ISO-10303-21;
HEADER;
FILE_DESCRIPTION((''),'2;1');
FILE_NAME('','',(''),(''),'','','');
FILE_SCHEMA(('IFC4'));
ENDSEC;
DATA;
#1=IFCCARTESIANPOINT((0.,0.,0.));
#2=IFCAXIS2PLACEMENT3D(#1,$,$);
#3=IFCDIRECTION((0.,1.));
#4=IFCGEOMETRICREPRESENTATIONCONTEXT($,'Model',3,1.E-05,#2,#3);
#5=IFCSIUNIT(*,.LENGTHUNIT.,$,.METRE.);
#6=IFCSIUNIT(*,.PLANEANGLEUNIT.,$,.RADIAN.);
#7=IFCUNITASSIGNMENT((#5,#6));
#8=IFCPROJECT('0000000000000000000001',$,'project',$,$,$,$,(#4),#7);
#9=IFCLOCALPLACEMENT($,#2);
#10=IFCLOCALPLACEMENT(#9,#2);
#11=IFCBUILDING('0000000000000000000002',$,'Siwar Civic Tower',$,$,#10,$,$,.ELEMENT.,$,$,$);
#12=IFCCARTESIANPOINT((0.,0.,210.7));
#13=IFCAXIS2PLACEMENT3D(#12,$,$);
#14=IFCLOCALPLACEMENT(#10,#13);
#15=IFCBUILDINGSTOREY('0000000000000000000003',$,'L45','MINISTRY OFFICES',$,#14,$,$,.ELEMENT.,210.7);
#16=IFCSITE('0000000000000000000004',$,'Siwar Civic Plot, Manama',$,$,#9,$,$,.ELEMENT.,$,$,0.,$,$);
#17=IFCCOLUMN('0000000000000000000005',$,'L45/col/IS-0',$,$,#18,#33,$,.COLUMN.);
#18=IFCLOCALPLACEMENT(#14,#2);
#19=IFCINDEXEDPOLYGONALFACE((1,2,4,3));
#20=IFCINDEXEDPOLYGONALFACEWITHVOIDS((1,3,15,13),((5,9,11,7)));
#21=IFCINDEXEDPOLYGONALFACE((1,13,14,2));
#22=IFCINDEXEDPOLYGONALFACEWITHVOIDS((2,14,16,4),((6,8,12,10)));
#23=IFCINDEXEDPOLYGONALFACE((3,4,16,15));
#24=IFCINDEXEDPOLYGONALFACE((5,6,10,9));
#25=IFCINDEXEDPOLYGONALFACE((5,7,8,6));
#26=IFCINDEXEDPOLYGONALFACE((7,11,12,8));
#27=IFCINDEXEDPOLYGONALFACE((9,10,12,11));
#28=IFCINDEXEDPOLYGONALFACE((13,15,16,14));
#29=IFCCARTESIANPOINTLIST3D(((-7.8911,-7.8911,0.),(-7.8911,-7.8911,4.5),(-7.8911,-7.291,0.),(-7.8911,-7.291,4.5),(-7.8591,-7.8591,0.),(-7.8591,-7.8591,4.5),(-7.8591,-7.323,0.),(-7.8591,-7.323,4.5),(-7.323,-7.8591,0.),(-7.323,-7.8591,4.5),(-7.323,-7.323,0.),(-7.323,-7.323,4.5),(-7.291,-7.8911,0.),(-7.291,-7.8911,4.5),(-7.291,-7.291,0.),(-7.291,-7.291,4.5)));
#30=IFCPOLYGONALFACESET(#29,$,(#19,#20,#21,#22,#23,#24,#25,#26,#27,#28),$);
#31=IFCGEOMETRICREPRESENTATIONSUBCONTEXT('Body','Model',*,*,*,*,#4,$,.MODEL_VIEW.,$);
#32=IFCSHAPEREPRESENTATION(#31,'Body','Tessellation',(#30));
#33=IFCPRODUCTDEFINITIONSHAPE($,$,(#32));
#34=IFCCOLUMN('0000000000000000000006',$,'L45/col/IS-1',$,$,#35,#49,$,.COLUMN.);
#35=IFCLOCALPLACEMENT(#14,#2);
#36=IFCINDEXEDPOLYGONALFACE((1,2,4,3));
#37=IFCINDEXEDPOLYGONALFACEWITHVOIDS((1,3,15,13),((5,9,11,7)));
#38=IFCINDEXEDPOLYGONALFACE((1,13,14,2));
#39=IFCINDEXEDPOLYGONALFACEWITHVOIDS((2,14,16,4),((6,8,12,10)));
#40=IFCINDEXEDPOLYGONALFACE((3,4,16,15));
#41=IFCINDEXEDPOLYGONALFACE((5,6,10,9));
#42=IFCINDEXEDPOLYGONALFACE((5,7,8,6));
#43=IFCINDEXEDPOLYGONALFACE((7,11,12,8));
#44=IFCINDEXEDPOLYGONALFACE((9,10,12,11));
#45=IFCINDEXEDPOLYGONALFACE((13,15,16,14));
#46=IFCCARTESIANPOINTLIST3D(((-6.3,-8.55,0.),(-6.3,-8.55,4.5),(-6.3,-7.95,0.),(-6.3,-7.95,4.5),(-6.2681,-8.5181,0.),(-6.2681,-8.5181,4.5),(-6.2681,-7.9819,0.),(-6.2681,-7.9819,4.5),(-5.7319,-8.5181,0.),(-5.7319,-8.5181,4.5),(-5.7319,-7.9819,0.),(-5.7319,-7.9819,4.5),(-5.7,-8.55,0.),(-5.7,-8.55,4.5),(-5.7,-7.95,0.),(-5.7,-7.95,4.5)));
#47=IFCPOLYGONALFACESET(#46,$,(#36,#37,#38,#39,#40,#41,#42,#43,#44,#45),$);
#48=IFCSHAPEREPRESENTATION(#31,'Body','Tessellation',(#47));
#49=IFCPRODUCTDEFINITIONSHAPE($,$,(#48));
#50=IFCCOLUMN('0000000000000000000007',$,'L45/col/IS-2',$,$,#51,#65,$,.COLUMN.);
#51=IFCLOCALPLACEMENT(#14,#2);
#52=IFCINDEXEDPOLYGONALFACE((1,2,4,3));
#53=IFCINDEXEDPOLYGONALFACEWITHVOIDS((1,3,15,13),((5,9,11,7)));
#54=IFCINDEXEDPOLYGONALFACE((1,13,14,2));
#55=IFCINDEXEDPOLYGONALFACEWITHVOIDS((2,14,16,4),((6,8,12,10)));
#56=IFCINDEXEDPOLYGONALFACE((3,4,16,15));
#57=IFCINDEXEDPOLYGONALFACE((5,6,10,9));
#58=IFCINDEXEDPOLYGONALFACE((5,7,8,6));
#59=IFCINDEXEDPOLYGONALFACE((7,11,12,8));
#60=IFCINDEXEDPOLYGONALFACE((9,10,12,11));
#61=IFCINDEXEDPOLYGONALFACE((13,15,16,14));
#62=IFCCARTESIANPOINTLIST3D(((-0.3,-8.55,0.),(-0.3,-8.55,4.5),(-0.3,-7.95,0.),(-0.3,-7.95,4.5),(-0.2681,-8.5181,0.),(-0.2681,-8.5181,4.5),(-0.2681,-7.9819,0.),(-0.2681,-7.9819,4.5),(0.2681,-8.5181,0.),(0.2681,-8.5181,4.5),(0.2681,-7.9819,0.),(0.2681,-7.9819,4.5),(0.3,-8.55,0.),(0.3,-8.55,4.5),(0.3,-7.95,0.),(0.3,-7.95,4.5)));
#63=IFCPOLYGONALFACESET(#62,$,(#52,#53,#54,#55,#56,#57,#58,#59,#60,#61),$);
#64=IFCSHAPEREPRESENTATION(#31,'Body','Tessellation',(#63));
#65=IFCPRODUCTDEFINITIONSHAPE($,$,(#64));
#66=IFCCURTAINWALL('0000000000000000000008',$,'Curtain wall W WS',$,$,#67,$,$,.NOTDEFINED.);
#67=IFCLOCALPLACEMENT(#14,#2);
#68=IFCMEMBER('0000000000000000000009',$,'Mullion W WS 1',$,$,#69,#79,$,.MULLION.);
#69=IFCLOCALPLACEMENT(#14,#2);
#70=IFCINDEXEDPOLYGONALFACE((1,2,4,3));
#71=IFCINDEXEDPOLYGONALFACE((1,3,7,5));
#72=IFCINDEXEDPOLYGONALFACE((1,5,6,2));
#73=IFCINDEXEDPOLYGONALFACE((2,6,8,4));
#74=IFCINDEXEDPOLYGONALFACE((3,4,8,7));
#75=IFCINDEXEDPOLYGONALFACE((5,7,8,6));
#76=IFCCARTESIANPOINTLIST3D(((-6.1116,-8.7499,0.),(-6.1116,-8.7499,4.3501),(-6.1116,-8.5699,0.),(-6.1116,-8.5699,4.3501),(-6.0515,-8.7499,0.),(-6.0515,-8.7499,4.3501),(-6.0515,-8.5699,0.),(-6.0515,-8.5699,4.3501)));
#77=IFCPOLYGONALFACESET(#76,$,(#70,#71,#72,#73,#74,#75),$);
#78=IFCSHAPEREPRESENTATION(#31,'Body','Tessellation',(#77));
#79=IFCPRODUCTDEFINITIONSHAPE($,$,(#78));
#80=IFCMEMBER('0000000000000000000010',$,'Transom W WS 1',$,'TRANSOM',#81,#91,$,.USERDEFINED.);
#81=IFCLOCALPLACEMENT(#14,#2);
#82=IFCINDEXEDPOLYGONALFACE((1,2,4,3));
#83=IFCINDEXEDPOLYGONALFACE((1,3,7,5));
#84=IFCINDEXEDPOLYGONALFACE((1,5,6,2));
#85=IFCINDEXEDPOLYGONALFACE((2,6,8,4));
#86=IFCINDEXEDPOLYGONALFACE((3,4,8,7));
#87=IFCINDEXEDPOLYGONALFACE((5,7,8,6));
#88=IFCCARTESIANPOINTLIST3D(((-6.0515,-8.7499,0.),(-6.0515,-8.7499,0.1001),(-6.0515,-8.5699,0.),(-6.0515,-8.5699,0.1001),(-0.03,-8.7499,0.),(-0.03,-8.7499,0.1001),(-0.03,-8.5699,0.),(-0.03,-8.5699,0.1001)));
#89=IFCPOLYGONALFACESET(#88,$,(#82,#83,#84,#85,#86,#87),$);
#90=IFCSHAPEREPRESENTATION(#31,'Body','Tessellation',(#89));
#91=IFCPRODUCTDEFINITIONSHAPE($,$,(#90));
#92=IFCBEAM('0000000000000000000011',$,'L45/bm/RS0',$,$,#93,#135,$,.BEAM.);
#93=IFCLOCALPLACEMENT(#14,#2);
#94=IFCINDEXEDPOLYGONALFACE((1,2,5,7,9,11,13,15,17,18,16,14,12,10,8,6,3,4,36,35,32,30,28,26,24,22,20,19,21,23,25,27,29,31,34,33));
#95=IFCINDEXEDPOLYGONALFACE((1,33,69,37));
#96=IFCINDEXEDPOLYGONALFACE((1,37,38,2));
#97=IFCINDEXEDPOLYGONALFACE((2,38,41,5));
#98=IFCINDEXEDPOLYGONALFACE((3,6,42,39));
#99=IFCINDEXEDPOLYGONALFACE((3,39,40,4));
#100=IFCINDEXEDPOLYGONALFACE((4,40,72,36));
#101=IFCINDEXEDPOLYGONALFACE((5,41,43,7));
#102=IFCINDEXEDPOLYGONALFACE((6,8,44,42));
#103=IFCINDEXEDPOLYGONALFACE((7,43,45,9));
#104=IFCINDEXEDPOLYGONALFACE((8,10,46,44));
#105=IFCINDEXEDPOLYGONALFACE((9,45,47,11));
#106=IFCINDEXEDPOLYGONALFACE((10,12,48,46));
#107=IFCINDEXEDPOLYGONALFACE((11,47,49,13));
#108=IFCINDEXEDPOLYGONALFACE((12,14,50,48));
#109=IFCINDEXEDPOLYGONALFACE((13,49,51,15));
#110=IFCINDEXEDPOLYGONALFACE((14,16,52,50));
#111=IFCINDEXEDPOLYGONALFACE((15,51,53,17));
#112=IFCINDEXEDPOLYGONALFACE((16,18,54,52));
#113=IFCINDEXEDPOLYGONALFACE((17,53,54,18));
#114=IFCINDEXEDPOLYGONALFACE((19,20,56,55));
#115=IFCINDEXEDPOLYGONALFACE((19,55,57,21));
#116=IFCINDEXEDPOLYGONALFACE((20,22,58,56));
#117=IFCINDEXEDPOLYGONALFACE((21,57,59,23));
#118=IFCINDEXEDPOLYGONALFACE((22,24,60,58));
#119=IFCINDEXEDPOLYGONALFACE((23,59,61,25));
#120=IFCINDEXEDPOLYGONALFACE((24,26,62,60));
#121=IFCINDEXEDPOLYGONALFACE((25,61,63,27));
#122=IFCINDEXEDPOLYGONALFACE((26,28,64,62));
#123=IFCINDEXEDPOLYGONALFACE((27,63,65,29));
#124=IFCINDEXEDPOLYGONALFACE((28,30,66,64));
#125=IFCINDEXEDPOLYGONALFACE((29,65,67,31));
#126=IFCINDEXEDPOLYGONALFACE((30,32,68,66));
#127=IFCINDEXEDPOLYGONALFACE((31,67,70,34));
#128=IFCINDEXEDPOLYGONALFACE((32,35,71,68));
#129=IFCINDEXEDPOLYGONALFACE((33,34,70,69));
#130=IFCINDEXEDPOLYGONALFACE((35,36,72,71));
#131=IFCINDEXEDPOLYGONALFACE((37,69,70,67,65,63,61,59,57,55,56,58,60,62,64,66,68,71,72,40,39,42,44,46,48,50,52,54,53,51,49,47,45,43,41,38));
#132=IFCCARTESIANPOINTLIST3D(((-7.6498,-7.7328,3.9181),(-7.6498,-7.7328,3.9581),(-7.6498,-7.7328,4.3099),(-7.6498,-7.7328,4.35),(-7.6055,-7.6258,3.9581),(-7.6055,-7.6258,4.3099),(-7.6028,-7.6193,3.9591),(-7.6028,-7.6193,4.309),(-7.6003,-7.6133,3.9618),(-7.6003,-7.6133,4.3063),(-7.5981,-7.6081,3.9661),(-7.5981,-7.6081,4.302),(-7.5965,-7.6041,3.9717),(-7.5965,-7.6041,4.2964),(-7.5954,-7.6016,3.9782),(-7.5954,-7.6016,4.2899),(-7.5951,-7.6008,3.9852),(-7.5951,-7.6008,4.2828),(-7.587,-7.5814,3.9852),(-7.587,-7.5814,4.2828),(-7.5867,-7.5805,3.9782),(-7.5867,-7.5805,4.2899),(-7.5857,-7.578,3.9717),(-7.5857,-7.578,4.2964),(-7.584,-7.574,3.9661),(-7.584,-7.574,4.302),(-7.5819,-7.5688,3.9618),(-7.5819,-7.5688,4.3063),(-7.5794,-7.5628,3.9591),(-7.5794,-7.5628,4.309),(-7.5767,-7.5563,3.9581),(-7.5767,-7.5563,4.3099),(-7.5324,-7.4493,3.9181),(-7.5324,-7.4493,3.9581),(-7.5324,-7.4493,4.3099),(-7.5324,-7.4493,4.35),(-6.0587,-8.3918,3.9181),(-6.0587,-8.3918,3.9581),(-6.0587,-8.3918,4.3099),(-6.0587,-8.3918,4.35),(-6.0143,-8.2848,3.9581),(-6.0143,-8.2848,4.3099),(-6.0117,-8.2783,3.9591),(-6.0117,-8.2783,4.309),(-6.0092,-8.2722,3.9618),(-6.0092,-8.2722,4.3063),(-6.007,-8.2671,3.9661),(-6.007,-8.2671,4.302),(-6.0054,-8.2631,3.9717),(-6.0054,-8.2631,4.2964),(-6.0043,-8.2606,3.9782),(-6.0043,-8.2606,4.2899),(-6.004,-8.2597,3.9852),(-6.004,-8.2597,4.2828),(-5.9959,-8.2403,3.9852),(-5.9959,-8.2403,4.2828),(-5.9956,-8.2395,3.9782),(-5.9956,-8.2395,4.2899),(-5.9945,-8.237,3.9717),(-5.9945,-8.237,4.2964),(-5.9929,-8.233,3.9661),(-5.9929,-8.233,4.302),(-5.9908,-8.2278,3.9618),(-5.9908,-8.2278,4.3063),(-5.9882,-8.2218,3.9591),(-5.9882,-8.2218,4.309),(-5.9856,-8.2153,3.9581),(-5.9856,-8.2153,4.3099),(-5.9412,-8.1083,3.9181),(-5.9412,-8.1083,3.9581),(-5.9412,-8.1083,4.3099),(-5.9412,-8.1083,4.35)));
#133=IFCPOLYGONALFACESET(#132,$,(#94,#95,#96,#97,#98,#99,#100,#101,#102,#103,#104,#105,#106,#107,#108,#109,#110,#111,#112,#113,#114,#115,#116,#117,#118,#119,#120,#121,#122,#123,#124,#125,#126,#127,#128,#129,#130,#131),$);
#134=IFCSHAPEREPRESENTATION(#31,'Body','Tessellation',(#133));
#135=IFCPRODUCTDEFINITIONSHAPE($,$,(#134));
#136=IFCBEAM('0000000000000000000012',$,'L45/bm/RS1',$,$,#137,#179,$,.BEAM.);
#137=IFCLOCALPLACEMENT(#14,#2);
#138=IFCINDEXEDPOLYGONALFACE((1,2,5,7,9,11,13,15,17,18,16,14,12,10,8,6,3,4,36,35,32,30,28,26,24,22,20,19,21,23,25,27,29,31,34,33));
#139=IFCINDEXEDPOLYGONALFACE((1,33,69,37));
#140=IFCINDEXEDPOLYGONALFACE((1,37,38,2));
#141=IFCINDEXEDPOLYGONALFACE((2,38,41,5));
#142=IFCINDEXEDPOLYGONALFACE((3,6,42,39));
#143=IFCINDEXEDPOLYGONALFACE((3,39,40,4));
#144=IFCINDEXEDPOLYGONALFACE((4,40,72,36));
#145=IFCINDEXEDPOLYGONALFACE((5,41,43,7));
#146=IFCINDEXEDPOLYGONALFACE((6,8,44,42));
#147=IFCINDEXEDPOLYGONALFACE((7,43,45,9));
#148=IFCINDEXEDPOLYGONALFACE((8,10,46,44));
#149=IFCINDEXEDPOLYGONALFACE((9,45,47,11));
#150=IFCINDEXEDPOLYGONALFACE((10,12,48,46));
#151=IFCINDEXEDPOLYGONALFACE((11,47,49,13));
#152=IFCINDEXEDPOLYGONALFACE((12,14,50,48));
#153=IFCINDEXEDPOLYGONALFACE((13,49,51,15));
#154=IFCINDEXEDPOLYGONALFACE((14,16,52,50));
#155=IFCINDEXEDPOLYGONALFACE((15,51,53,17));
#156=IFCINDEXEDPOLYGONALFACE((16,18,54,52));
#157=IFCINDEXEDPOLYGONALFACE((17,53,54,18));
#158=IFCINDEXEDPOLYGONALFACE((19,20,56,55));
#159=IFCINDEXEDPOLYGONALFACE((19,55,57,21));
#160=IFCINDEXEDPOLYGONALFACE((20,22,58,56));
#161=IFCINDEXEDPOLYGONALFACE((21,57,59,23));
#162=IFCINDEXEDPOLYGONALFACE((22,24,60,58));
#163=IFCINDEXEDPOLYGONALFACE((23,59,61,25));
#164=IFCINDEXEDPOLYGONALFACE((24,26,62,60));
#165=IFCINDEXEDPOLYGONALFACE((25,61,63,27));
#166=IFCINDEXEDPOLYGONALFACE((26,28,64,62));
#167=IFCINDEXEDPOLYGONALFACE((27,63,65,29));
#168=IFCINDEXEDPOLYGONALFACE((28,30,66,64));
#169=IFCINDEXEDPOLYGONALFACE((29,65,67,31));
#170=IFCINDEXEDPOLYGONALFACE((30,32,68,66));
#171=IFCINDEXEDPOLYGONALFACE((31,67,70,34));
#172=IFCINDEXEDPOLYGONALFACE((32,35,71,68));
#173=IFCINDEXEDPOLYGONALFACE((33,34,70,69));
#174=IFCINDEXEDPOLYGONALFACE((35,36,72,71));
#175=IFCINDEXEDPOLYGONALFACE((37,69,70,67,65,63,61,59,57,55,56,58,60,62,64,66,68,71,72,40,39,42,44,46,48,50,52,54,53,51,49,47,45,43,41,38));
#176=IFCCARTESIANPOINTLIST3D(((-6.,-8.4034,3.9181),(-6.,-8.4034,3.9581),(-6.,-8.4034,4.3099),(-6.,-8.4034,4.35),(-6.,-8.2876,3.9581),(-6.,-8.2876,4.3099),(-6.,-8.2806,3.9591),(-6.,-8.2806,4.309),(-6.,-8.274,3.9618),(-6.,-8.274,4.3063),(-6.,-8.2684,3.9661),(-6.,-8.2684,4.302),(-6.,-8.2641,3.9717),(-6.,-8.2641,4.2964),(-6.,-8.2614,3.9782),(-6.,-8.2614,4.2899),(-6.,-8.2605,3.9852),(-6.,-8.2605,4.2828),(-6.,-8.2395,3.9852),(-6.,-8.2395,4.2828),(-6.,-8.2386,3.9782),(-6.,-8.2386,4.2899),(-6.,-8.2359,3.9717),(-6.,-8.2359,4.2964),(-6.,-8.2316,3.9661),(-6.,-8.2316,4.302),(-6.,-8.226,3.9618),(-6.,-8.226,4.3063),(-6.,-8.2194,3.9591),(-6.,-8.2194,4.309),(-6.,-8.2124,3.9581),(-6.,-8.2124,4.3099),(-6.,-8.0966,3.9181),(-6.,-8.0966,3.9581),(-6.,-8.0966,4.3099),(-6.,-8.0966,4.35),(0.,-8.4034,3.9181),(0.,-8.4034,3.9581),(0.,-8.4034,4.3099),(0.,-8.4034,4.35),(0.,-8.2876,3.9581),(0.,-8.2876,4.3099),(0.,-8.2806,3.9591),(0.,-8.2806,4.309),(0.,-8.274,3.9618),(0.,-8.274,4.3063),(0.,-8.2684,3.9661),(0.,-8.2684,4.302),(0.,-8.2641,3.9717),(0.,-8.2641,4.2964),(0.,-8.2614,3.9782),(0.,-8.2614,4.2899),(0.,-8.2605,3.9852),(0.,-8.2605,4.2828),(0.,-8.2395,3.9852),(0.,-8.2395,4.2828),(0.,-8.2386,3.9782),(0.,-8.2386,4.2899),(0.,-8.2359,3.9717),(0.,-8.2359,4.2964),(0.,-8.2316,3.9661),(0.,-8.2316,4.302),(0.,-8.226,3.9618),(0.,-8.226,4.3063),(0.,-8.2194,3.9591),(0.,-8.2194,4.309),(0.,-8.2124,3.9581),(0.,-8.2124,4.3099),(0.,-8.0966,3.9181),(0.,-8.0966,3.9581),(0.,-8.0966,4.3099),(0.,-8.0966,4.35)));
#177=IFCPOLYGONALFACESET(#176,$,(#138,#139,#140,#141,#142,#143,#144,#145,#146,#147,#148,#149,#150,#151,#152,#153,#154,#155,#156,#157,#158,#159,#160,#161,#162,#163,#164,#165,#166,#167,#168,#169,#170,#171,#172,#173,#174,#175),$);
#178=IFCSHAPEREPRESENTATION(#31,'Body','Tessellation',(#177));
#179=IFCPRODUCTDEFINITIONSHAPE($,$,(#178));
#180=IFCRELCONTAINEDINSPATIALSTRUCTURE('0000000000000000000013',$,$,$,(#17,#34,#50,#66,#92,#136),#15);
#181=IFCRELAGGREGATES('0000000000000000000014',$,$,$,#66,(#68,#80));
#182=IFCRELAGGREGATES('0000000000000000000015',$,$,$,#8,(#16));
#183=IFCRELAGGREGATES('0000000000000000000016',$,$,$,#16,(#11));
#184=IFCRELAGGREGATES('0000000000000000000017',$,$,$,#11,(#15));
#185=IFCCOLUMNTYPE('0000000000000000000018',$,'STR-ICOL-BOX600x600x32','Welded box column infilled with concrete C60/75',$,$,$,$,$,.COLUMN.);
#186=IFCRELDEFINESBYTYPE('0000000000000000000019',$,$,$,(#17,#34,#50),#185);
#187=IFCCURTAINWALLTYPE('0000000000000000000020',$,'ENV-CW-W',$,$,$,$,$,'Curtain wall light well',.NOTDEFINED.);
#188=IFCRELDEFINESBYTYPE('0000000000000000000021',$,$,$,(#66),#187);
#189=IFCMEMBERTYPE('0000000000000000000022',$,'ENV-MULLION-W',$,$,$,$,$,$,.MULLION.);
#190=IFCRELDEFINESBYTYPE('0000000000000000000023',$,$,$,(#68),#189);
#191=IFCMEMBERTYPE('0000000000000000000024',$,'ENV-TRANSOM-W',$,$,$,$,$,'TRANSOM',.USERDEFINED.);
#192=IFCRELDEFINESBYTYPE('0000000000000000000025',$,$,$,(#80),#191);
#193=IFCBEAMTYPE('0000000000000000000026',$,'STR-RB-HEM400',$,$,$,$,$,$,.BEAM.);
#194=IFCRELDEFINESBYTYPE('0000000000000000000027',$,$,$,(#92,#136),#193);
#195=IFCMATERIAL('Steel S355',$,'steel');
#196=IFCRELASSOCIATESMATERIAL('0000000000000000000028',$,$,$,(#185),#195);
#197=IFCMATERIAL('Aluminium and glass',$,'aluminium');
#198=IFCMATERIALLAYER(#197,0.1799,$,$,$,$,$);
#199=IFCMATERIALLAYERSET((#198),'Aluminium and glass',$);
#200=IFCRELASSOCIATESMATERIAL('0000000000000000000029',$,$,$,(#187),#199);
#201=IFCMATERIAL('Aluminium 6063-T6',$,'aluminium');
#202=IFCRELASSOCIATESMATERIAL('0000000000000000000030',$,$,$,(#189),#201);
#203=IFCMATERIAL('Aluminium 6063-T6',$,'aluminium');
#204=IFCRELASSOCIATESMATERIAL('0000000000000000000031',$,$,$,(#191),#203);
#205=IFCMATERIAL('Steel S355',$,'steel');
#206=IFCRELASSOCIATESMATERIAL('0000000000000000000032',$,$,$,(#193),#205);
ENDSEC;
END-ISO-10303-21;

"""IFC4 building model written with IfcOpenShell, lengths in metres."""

from ifc_helpers import new_model, si_unit, direction, frame, origin, origin_2d, place, context, subcontext, project, spatial, rectangle, hollow_rectangle, i_section, extrude, material, layer, layer_set, material_profile, profile_set, type_object, element, aggregate, save


model = new_model("IFC4")

# Units and contexts
model_context = context("Model", 3, precision=1e-05, world=origin(), true_north=direction((0.0, 1.0)))
body_context = subcontext(model_context, "Body", "Model", "MODEL_VIEW")
ifc_project = project(units=[si_unit("LENGTHUNIT", "METRE"), si_unit("PLANEANGLEUNIT", "RADIAN")], contexts=[model_context])

# Site, building, storey
site_placement = place(None, origin())
site = spatial("IfcSite", under=ifc_project, at=site_placement, Name="Siwar Civic Plot, Manama", CompositionType="ELEMENT", RefElevation=0.0)
building_placement = place(site_placement, origin())
building = spatial("IfcBuilding", under=site, at=building_placement, Name="Siwar Civic Tower", CompositionType="ELEMENT")
storey_placement = place(building_placement, frame((0.0, 0.0, 210.7)))
storey = spatial("IfcBuildingStorey", under=building, at=storey_placement, Name="L45", Description="MINISTRY OFFICES", CompositionType="ELEMENT", Elevation=210.7)

# Columns
ifc_material_1 = material(Name="Steel S355", Category="steel")
ifc_material_profile_1 = material_profile(ifc_material_1, hollow_rectangle(XDim=0.6001, YDim=0.6001, WallThickness=0.032, at=origin_2d()), Name="BOX600x600x32")
ifc_profile_set_1 = profile_set([ifc_material_profile_1], Name="Steel S355")
column_type = type_object("IfcColumnType", Name="STR-ICOL-BOX600x600x32", Description="Welded box column infilled with concrete C60/75", PredefinedType="COLUMN", material=ifc_profile_set_1)
for number, where, z_axis, x_axis, name in (
    (1, (-7.5911, -7.5911, 0.0), (0.0, 0.0, 1.0), (1.0, 0.0, 0.0), "L45/col/IS-0"),
    (2, (-6.0, -8.25, 0.0), (0.0, 0.0, 1.0), (1.0, 0.0, 0.0), "L45/col/IS-1"),
    (3, (0.0, -8.25, 0.0), (0.0, 0.0, 1.0), (1.0, 0.0, 0.0), "L45/col/IS-2"),
):
    element("IfcColumn", number, at=place(storey_placement, frame(where, z_axis=z_axis, x_axis=x_axis)), inside=storey, type_object=column_type, Name=name, PredefinedType="COLUMN", context=body_context, shape_type="SweptSolid", body=[
        extrude(hollow_rectangle(XDim=0.6001, YDim=0.6001, WallThickness=0.032, at=origin_2d()), origin(), (0.0, 0.0, 1.0), 4.5),
    ])

# Curtain wall, members
ifc_material_2 = material(Name="Aluminium and glass", Category="aluminium")
ifc_layer_1 = layer(ifc_material_2, 0.1799)
ifc_layer_set_1 = layer_set([ifc_layer_1], Name="Aluminium and glass")
curtain_wall_type = type_object("IfcCurtainWallType", Name="ENV-CW-W", ElementType="Curtain wall light well", PredefinedType="NOTDEFINED", material=ifc_layer_set_1)
curtain_wall_placement = place(storey_placement, origin())
curtain_wall = element("IfcCurtainWall", 4, at=curtain_wall_placement, inside=storey, type_object=curtain_wall_type, Name="Curtain wall W WS", PredefinedType="NOTDEFINED")
ifc_material_3 = material(Name="Aluminium 6063-T6", Category="aluminium")
ifc_material_profile_2 = material_profile(ifc_material_3, rectangle(XDim=0.1799, YDim=0.0601, at=origin_2d()), Name="AL 180x60")
ifc_profile_set_2 = profile_set([ifc_material_profile_2], Name="Aluminium 6063-T6")
member_type_1 = type_object("IfcMemberType", Name="ENV-MULLION-W", PredefinedType="MULLION", material=ifc_profile_set_2)
member_1_placement = place(storey_placement, frame((-6.0815, -8.6599, 0.0), z_axis=(0.0, 0.0, 1.0), x_axis=(0.0, 1.0, 0.0)))
member_1 = element("IfcMember", 5, at=member_1_placement, type_object=member_type_1, Name="Mullion W WS 1", PredefinedType="MULLION", context=body_context, shape_type="SweptSolid", body=[
    extrude(rectangle(XDim=0.1799, YDim=0.0601, at=origin_2d()), origin(), (0.0, 0.0, 1.0), 4.3501),
])
ifc_material_4 = material(Name="Aluminium 6063-T6", Category="aluminium")
ifc_material_profile_3 = material_profile(ifc_material_4, rectangle(XDim=0.1799, YDim=0.1001, at=origin_2d()), Name="AL 180x100")
ifc_profile_set_3 = profile_set([ifc_material_profile_3], Name="Aluminium 6063-T6")
member_type_2 = type_object("IfcMemberType", Name="ENV-TRANSOM-W", ElementType="TRANSOM", PredefinedType="USERDEFINED", material=ifc_profile_set_3)
member_2_placement = place(storey_placement, frame((-6.0515, -8.6599, 0.05), z_axis=(1.0, 0.0, 0.0), x_axis=(0.0, 1.0, 0.0)))
member_2 = element("IfcMember", 6, at=member_2_placement, type_object=member_type_2, Name="Transom W WS 1", ObjectType="TRANSOM", PredefinedType="USERDEFINED", context=body_context, shape_type="SweptSolid", body=[
    extrude(rectangle(XDim=0.1799, YDim=0.1001, at=origin_2d()), origin(), (0.0, 0.0, 1.0), 6.0215),
])

# Beams
ifc_material_5 = material(Name="Steel S355", Category="steel")
ifc_material_profile_4 = material_profile(ifc_material_5, i_section(OverallWidth=0.3069, OverallDepth=0.4319, WebThickness=0.021, FlangeThickness=0.04, FilletRadius=0.0271, at=origin_2d()), Name="HEM400")
ifc_profile_set_4 = profile_set([ifc_material_profile_4], Name="Steel S355")
beam_type = type_object("IfcBeamType", Name="STR-RB-HEM400", PredefinedType="BEAM", material=ifc_profile_set_4)
beam_1_placement = place(storey_placement, frame((-7.5911, -7.5911, 4.134), z_axis=(0.923901, -0.382631, 0.0), x_axis=(0.382631, 0.923901, 0.0)))
element("IfcBeam", 7, at=beam_1_placement, inside=storey, type_object=beam_type, Name="L45/bm/RS0", PredefinedType="BEAM", context=body_context, shape_type="SweptSolid", body=[
    extrude(i_section(OverallWidth=0.3069, OverallDepth=0.4319, WebThickness=0.021, FlangeThickness=0.04, FilletRadius=0.0271, at=origin_2d()), origin(), (0.0, 0.0, 1.0), 1.7222),
])
for number, where, z_axis, x_axis, name in (
    (8, (-6.0, -8.25, 4.134), (1.0, 0.0, 0.0), (0.0, 1.0, 0.0), "L45/bm/RS1"),
):
    element("IfcBeam", number, at=place(storey_placement, frame(where, z_axis=z_axis, x_axis=x_axis)), inside=storey, type_object=beam_type, Name=name, PredefinedType="BEAM", context=body_context, shape_type="SweptSolid", body=[
        extrude(i_section(OverallWidth=0.3069, OverallDepth=0.4319, WebThickness=0.021, FlangeThickness=0.04, FilletRadius=0.0271, at=origin_2d()), origin(), (0.0, 0.0, 1.0), 6.0),
    ])

aggregate(curtain_wall, [member_1, member_2])

save(model, "model.ifc")
